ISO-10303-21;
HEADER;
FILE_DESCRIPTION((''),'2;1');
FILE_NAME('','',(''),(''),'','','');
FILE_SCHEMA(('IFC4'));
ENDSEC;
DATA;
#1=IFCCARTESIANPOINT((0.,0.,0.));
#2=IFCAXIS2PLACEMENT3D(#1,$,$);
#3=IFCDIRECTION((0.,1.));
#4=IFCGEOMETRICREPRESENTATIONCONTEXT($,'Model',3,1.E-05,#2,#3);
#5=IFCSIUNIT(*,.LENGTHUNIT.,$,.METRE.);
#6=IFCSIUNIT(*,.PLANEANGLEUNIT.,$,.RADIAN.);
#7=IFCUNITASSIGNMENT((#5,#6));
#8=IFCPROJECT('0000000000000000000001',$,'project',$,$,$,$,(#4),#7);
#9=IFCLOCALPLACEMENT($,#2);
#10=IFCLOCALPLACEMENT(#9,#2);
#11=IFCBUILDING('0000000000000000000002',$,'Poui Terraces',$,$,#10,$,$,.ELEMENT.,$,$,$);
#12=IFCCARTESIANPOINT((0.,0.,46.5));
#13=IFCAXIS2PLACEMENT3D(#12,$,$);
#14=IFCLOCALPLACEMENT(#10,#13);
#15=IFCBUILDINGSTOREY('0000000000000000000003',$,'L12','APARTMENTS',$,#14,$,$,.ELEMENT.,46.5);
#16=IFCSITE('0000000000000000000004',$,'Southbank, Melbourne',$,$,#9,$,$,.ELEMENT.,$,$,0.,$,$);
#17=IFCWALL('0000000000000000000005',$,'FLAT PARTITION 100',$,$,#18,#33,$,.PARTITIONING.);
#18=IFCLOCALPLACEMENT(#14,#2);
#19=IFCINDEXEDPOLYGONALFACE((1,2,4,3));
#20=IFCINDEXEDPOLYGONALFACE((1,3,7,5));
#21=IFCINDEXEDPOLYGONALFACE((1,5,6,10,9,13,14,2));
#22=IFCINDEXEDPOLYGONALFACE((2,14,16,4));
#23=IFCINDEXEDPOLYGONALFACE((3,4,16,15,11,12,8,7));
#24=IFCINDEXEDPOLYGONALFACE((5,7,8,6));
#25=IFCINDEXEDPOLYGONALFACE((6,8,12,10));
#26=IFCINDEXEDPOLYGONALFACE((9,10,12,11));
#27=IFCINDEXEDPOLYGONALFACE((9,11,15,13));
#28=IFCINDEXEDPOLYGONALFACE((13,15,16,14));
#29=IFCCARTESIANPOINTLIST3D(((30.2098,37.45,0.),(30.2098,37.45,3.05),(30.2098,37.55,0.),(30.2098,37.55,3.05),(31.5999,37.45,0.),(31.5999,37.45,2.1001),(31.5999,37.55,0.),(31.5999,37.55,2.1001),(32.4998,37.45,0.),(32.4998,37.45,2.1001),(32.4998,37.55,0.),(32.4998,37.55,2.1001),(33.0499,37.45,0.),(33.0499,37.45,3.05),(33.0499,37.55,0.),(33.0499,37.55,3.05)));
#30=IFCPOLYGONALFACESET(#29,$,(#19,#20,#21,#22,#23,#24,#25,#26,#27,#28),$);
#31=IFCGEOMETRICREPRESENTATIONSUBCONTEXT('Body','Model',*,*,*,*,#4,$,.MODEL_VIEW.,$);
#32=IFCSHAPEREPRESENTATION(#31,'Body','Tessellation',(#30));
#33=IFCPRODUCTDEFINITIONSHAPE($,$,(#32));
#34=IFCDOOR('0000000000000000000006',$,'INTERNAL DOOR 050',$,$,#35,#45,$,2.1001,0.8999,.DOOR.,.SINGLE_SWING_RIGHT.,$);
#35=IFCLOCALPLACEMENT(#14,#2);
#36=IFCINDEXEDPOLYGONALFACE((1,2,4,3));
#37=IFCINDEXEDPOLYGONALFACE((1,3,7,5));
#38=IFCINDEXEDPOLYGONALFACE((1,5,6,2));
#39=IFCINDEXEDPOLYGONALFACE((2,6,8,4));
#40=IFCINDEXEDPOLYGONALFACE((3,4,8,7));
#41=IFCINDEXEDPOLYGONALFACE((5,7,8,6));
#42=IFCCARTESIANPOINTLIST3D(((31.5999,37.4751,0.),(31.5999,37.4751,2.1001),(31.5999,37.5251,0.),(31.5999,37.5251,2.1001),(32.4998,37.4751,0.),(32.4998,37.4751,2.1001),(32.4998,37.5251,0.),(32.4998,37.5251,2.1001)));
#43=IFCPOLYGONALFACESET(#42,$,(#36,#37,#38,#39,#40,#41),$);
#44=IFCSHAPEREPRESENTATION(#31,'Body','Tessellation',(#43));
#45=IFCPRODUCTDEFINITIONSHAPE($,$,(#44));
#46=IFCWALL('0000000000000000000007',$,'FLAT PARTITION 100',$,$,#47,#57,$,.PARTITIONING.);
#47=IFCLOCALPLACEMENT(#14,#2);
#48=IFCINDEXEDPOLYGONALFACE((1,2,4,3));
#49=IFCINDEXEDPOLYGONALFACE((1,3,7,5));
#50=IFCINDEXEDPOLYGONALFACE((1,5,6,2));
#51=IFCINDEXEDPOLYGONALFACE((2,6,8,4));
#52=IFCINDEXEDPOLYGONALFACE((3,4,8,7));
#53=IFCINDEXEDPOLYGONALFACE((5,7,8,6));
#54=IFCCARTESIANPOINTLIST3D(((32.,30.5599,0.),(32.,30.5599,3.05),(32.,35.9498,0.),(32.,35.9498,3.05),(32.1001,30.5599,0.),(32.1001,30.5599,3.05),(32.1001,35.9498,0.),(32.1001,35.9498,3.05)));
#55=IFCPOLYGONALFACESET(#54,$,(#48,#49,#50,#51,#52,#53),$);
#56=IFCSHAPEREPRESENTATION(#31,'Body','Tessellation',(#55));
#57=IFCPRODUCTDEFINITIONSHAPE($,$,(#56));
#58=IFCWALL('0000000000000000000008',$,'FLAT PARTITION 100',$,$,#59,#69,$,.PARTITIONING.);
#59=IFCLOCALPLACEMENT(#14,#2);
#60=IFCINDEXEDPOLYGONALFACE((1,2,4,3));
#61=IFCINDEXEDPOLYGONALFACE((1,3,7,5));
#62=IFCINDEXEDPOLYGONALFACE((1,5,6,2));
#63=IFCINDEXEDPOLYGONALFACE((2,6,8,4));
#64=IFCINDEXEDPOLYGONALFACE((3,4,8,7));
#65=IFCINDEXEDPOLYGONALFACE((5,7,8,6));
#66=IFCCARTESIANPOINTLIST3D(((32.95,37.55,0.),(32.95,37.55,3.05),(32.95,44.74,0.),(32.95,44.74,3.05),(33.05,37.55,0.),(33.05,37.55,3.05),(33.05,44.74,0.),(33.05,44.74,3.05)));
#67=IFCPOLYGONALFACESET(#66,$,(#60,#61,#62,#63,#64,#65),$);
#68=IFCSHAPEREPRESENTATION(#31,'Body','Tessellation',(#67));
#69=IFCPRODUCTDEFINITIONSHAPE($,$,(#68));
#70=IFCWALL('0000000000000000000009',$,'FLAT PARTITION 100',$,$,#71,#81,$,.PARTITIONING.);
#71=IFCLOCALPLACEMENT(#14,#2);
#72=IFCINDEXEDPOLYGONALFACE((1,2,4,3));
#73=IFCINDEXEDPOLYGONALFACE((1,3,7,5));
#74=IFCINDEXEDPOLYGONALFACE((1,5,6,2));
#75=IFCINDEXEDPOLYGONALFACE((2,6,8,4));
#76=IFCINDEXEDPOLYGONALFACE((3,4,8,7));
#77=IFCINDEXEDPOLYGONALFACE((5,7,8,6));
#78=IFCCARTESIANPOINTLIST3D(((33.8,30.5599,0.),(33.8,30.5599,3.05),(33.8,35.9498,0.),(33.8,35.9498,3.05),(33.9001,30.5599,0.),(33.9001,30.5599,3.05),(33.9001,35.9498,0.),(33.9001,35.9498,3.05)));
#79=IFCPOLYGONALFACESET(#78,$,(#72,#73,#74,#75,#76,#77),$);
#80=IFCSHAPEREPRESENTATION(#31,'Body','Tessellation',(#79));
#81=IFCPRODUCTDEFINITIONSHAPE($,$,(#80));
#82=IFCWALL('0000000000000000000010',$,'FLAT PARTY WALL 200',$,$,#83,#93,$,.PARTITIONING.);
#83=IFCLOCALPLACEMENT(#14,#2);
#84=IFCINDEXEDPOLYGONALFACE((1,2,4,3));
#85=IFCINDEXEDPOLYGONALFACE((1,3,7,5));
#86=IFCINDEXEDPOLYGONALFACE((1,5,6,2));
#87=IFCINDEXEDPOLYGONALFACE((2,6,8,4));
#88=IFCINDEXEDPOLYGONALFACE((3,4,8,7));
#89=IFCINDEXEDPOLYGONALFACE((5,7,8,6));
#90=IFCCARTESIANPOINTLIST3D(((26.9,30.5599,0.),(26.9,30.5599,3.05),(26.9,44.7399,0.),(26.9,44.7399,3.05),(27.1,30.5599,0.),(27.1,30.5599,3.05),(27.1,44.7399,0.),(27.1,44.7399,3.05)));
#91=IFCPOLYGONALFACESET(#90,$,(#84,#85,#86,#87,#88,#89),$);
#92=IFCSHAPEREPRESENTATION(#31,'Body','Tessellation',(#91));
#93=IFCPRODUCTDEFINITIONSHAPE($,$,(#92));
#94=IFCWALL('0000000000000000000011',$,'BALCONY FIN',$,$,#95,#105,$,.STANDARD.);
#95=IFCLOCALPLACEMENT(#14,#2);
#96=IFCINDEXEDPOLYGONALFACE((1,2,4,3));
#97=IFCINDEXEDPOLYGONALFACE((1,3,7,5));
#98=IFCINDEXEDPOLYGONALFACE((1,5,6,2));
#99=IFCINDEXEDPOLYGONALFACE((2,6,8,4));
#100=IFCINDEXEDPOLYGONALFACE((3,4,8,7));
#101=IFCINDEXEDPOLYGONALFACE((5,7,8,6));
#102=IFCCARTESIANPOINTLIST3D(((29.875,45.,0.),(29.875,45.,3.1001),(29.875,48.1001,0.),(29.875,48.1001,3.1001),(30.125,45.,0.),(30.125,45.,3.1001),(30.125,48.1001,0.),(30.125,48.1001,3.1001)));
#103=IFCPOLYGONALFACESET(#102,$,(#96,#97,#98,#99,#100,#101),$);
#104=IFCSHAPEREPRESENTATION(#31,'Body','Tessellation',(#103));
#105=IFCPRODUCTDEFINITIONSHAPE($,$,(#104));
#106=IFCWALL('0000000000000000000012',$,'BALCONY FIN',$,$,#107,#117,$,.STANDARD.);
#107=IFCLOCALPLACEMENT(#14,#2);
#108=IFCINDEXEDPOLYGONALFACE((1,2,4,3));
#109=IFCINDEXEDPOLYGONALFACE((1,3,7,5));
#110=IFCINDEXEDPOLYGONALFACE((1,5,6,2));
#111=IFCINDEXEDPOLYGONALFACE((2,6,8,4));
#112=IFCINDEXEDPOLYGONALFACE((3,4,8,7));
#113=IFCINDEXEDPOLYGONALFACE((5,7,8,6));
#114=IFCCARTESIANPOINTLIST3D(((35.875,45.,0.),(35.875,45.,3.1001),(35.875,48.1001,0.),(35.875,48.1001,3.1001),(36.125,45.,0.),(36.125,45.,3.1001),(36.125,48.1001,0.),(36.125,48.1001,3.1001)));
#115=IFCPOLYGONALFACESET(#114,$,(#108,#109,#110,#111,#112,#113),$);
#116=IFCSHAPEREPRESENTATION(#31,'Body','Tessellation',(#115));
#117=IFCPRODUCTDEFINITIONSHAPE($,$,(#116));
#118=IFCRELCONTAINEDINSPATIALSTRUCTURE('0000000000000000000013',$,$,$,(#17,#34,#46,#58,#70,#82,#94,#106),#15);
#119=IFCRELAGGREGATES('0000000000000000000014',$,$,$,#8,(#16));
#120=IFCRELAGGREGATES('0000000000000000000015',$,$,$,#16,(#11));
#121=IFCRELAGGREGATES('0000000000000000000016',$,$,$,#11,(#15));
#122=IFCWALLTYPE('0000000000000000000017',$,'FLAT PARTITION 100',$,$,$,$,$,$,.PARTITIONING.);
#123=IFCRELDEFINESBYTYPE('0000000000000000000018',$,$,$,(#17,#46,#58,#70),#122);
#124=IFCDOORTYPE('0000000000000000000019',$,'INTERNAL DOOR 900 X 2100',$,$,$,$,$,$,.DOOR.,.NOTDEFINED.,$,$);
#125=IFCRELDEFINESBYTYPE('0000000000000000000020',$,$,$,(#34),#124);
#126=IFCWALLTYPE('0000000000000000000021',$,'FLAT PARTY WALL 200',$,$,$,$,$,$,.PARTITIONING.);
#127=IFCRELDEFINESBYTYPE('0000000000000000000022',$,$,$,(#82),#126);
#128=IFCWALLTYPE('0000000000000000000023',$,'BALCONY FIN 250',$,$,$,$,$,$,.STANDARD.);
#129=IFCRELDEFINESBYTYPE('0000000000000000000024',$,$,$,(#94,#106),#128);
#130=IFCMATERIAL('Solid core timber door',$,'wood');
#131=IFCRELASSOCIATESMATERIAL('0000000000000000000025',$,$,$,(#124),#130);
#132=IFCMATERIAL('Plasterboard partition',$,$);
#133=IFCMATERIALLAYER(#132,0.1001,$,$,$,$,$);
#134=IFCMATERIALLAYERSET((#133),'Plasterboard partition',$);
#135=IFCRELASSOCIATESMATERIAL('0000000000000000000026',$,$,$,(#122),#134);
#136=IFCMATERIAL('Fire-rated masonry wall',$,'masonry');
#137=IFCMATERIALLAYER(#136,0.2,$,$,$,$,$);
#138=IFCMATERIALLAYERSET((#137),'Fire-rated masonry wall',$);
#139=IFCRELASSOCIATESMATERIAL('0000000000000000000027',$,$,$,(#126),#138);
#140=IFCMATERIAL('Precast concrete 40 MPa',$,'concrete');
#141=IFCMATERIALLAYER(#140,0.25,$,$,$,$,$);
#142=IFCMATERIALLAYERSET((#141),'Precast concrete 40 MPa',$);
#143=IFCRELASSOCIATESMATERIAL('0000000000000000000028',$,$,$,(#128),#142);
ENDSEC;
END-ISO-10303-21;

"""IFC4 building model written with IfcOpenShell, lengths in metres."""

from ifc_helpers import new_model, si_unit, direction, frame, frame_2d, origin, place, context, subcontext, project, spatial, polyline, rectangle, outline, extrude, source, transform, mapped, material, layer, layer_set, type_object, element, fill, save


model = new_model("IFC4")

# Units and contexts
model_context = context("Model", 3, precision=1e-05, world=origin(), true_north=direction((0.0, 1.0)))
body_context = subcontext(model_context, "Body", "Model", "MODEL_VIEW")
ifc_project = project(units=[si_unit("LENGTHUNIT", "METRE"), si_unit("PLANEANGLEUNIT", "RADIAN")], contexts=[model_context])

# Site, building, storey
site_placement = place(None, origin())
site = spatial("IfcSite", under=ifc_project, at=site_placement, Name="Southbank, Melbourne", CompositionType="ELEMENT", RefElevation=0.0)
building_placement = place(site_placement, origin())
building = spatial("IfcBuilding", under=site, at=building_placement, Name="Poui Terraces", CompositionType="ELEMENT")
storey_placement = place(building_placement, frame((0.0, 0.0, 46.5)))
storey = spatial("IfcBuildingStorey", under=building, at=storey_placement, Name="L12", Description="APARTMENTS", CompositionType="ELEMENT", Elevation=46.5)

# Wall, opening, door
ifc_material_1 = material(Name="Solid core timber door", Category="wood")
door_type_1 = type_object("IfcDoorType", Name="INTERNAL DOOR 900 X 2100", OperationType="NOTDEFINED", PredefinedType="DOOR", material=ifc_material_1)
ifc_material_2 = material(Name="Plasterboard partition")
ifc_layer_1 = layer(ifc_material_2, 0.1001)
ifc_layer_set_1 = layer_set([ifc_layer_1], Name="Plasterboard partition")
wall_type_1 = type_object("IfcWallType", Name="FLAT PARTITION 100", PredefinedType="PARTITIONING", material=ifc_layer_set_1)
wall_1_placement = place(storey_placement, frame((30.21, 37.5, 0.0), z_axis=(0.0, 0.0, 1.0), x_axis=(1.0, 0.0, 0.0)))
wall_1 = element("IfcWall", 1, at=wall_1_placement, inside=storey, type_object=wall_type_1, Name="FLAT PARTITION 100", PredefinedType="PARTITIONING", context=body_context, shape_type="SweptSolid", body=[
    extrude(rectangle(XDim=2.8401, YDim=0.1001, at=frame_2d((1.4199, 0.0))), origin(), (0.0, 0.0, 1.0), 3.05),
])
opening_1_placement = place(wall_1_placement, frame((1.3899, 0.0, 0.0)))
opening_1 = element("IfcOpeningElement", 2, at=opening_1_placement, cuts=wall_1, PredefinedType="OPENING", context=body_context, shape_type="SweptSolid", body=[
    extrude(rectangle(XDim=0.8999, YDim=2.1001, at=frame_2d((0.45, 1.05))), frame((0.0, 0.0601, 0.0), z_axis=(0.0, -1.0, 0.0), x_axis=(1.0, 0.0, 0.0)), (0.0, 0.0, 1.0), 0.1201),
])
door_1_placement = place(opening_1_placement, frame((0.8999, 0.0, 0.0), z_axis=(0.0, 0.0, 1.0), x_axis=(-1.0, 0.0, 0.0)))
door_1 = element("IfcDoor", 3, at=door_1_placement, inside=storey, type_object=door_type_1, Name="INTERNAL DOOR 050", OperationType="SINGLE_SWING_RIGHT", OverallHeight=2.1001, OverallWidth=0.8999, PredefinedType="DOOR", context=body_context, shape_type="SweptSolid", body=[
    extrude(rectangle(XDim=0.8999, YDim=2.1001, at=frame_2d((0.45, 1.05))), frame((0.0, 0.0249, 0.0), z_axis=(0.0, -1.0, 0.0), x_axis=(1.0, 0.0, 0.0)), (0.0, 0.0, 1.0), 0.05),
])
fill(opening_1, door_1)

# Walls
wall_2_placement = place(storey_placement, frame((32.05, 30.5601, 0.0), z_axis=(0.0, 0.0, 1.0), x_axis=(0.0, 1.0, 0.0)))
element("IfcWall", 4, at=wall_2_placement, inside=storey, type_object=wall_type_1, Name="FLAT PARTITION 100", PredefinedType="PARTITIONING", context=body_context, shape_type="SweptSolid", body=[
    extrude(rectangle(XDim=5.3899, YDim=0.1001, at=frame_2d((2.6948, 0.0))), origin(), (0.0, 0.0, 1.0), 3.05),
])
wall_3_placement = place(storey_placement, frame((33.0, 37.55, 0.0), z_axis=(0.0, 0.0, 1.0), x_axis=(0.0, 1.0, 0.0)))
element("IfcWall", 5, at=wall_3_placement, inside=storey, type_object=wall_type_1, Name="FLAT PARTITION 100", PredefinedType="PARTITIONING", context=body_context, shape_type="SweptSolid", body=[
    extrude(rectangle(XDim=7.1899, YDim=0.1001, at=frame_2d((3.595, 0.0))), origin(), (0.0, 0.0, 1.0), 3.05),
])
wall_4_placement = place(storey_placement, frame((33.8501, 30.5601, 0.0), z_axis=(0.0, 0.0, 1.0), x_axis=(0.0, 1.0, 0.0)))
element("IfcWall", 6, at=wall_4_placement, inside=storey, type_object=wall_type_1, Name="FLAT PARTITION 100", PredefinedType="PARTITIONING", context=body_context, shape_type="SweptSolid", body=[
    extrude(rectangle(XDim=5.3899, YDim=0.1001, at=frame_2d((2.6948, 0.0))), origin(), (0.0, 0.0, 1.0), 3.05),
])
ifc_material_3 = material(Name="Fire-rated masonry wall", Category="masonry")
ifc_layer_2 = layer(ifc_material_3, 0.2)
ifc_layer_set_2 = layer_set([ifc_layer_2], Name="Fire-rated masonry wall")
wall_type_2 = type_object("IfcWallType", Name="FLAT PARTY WALL 200", PredefinedType="PARTITIONING", material=ifc_layer_set_2)
wall_5_placement = place(storey_placement, frame((27.0, 30.5601, 0.0), z_axis=(0.0, 0.0, 1.0), x_axis=(0.0, 1.0, 0.0)))
element("IfcWall", 7, at=wall_5_placement, inside=storey, type_object=wall_type_2, Name="FLAT PARTY WALL 200", PredefinedType="PARTITIONING", context=body_context, shape_type="SweptSolid", body=[
    extrude(rectangle(XDim=14.1799, YDim=0.2, at=frame_2d((7.0898, 0.0))), origin(), (0.0, 0.0, 1.0), 3.05),
])
ifc_material_4 = material(Name="Precast concrete 40 MPa", Category="concrete")
ifc_layer_3 = layer(ifc_material_4, 0.25)
ifc_layer_set_3 = layer_set([ifc_layer_3], Name="Precast concrete 40 MPa")
wall_type_3 = type_object("IfcWallType", Name="BALCONY FIN 250", PredefinedType="STANDARD", material=ifc_layer_set_3)
shared_shape_1 = source(origin(), body_context, "Body", "SweptSolid", [
    extrude(outline(polyline([(0.0, 0.0), (0.25, 0.0), (0.25, 3.1001), (0.0, 3.1001), (0.0, 0.0)])), origin(), (0.0, 0.0, 1.0), 3.1001),
])
for number, where, name in (
    (8, (29.875, 45.0, 0.0), "BALCONY FIN"),
    (9, (35.875, 45.0, 0.0), "BALCONY FIN"),
):
    element("IfcWall", number, at=place(storey_placement, frame(where)), inside=storey, type_object=wall_type_3, Name=name, PredefinedType="STANDARD", context=body_context, shape_type="MappedRepresentation", body=[
        mapped(shared_shape_1, transform((0.0, 0.0, 0.0))),
    ])

save(model, "model.ifc")
